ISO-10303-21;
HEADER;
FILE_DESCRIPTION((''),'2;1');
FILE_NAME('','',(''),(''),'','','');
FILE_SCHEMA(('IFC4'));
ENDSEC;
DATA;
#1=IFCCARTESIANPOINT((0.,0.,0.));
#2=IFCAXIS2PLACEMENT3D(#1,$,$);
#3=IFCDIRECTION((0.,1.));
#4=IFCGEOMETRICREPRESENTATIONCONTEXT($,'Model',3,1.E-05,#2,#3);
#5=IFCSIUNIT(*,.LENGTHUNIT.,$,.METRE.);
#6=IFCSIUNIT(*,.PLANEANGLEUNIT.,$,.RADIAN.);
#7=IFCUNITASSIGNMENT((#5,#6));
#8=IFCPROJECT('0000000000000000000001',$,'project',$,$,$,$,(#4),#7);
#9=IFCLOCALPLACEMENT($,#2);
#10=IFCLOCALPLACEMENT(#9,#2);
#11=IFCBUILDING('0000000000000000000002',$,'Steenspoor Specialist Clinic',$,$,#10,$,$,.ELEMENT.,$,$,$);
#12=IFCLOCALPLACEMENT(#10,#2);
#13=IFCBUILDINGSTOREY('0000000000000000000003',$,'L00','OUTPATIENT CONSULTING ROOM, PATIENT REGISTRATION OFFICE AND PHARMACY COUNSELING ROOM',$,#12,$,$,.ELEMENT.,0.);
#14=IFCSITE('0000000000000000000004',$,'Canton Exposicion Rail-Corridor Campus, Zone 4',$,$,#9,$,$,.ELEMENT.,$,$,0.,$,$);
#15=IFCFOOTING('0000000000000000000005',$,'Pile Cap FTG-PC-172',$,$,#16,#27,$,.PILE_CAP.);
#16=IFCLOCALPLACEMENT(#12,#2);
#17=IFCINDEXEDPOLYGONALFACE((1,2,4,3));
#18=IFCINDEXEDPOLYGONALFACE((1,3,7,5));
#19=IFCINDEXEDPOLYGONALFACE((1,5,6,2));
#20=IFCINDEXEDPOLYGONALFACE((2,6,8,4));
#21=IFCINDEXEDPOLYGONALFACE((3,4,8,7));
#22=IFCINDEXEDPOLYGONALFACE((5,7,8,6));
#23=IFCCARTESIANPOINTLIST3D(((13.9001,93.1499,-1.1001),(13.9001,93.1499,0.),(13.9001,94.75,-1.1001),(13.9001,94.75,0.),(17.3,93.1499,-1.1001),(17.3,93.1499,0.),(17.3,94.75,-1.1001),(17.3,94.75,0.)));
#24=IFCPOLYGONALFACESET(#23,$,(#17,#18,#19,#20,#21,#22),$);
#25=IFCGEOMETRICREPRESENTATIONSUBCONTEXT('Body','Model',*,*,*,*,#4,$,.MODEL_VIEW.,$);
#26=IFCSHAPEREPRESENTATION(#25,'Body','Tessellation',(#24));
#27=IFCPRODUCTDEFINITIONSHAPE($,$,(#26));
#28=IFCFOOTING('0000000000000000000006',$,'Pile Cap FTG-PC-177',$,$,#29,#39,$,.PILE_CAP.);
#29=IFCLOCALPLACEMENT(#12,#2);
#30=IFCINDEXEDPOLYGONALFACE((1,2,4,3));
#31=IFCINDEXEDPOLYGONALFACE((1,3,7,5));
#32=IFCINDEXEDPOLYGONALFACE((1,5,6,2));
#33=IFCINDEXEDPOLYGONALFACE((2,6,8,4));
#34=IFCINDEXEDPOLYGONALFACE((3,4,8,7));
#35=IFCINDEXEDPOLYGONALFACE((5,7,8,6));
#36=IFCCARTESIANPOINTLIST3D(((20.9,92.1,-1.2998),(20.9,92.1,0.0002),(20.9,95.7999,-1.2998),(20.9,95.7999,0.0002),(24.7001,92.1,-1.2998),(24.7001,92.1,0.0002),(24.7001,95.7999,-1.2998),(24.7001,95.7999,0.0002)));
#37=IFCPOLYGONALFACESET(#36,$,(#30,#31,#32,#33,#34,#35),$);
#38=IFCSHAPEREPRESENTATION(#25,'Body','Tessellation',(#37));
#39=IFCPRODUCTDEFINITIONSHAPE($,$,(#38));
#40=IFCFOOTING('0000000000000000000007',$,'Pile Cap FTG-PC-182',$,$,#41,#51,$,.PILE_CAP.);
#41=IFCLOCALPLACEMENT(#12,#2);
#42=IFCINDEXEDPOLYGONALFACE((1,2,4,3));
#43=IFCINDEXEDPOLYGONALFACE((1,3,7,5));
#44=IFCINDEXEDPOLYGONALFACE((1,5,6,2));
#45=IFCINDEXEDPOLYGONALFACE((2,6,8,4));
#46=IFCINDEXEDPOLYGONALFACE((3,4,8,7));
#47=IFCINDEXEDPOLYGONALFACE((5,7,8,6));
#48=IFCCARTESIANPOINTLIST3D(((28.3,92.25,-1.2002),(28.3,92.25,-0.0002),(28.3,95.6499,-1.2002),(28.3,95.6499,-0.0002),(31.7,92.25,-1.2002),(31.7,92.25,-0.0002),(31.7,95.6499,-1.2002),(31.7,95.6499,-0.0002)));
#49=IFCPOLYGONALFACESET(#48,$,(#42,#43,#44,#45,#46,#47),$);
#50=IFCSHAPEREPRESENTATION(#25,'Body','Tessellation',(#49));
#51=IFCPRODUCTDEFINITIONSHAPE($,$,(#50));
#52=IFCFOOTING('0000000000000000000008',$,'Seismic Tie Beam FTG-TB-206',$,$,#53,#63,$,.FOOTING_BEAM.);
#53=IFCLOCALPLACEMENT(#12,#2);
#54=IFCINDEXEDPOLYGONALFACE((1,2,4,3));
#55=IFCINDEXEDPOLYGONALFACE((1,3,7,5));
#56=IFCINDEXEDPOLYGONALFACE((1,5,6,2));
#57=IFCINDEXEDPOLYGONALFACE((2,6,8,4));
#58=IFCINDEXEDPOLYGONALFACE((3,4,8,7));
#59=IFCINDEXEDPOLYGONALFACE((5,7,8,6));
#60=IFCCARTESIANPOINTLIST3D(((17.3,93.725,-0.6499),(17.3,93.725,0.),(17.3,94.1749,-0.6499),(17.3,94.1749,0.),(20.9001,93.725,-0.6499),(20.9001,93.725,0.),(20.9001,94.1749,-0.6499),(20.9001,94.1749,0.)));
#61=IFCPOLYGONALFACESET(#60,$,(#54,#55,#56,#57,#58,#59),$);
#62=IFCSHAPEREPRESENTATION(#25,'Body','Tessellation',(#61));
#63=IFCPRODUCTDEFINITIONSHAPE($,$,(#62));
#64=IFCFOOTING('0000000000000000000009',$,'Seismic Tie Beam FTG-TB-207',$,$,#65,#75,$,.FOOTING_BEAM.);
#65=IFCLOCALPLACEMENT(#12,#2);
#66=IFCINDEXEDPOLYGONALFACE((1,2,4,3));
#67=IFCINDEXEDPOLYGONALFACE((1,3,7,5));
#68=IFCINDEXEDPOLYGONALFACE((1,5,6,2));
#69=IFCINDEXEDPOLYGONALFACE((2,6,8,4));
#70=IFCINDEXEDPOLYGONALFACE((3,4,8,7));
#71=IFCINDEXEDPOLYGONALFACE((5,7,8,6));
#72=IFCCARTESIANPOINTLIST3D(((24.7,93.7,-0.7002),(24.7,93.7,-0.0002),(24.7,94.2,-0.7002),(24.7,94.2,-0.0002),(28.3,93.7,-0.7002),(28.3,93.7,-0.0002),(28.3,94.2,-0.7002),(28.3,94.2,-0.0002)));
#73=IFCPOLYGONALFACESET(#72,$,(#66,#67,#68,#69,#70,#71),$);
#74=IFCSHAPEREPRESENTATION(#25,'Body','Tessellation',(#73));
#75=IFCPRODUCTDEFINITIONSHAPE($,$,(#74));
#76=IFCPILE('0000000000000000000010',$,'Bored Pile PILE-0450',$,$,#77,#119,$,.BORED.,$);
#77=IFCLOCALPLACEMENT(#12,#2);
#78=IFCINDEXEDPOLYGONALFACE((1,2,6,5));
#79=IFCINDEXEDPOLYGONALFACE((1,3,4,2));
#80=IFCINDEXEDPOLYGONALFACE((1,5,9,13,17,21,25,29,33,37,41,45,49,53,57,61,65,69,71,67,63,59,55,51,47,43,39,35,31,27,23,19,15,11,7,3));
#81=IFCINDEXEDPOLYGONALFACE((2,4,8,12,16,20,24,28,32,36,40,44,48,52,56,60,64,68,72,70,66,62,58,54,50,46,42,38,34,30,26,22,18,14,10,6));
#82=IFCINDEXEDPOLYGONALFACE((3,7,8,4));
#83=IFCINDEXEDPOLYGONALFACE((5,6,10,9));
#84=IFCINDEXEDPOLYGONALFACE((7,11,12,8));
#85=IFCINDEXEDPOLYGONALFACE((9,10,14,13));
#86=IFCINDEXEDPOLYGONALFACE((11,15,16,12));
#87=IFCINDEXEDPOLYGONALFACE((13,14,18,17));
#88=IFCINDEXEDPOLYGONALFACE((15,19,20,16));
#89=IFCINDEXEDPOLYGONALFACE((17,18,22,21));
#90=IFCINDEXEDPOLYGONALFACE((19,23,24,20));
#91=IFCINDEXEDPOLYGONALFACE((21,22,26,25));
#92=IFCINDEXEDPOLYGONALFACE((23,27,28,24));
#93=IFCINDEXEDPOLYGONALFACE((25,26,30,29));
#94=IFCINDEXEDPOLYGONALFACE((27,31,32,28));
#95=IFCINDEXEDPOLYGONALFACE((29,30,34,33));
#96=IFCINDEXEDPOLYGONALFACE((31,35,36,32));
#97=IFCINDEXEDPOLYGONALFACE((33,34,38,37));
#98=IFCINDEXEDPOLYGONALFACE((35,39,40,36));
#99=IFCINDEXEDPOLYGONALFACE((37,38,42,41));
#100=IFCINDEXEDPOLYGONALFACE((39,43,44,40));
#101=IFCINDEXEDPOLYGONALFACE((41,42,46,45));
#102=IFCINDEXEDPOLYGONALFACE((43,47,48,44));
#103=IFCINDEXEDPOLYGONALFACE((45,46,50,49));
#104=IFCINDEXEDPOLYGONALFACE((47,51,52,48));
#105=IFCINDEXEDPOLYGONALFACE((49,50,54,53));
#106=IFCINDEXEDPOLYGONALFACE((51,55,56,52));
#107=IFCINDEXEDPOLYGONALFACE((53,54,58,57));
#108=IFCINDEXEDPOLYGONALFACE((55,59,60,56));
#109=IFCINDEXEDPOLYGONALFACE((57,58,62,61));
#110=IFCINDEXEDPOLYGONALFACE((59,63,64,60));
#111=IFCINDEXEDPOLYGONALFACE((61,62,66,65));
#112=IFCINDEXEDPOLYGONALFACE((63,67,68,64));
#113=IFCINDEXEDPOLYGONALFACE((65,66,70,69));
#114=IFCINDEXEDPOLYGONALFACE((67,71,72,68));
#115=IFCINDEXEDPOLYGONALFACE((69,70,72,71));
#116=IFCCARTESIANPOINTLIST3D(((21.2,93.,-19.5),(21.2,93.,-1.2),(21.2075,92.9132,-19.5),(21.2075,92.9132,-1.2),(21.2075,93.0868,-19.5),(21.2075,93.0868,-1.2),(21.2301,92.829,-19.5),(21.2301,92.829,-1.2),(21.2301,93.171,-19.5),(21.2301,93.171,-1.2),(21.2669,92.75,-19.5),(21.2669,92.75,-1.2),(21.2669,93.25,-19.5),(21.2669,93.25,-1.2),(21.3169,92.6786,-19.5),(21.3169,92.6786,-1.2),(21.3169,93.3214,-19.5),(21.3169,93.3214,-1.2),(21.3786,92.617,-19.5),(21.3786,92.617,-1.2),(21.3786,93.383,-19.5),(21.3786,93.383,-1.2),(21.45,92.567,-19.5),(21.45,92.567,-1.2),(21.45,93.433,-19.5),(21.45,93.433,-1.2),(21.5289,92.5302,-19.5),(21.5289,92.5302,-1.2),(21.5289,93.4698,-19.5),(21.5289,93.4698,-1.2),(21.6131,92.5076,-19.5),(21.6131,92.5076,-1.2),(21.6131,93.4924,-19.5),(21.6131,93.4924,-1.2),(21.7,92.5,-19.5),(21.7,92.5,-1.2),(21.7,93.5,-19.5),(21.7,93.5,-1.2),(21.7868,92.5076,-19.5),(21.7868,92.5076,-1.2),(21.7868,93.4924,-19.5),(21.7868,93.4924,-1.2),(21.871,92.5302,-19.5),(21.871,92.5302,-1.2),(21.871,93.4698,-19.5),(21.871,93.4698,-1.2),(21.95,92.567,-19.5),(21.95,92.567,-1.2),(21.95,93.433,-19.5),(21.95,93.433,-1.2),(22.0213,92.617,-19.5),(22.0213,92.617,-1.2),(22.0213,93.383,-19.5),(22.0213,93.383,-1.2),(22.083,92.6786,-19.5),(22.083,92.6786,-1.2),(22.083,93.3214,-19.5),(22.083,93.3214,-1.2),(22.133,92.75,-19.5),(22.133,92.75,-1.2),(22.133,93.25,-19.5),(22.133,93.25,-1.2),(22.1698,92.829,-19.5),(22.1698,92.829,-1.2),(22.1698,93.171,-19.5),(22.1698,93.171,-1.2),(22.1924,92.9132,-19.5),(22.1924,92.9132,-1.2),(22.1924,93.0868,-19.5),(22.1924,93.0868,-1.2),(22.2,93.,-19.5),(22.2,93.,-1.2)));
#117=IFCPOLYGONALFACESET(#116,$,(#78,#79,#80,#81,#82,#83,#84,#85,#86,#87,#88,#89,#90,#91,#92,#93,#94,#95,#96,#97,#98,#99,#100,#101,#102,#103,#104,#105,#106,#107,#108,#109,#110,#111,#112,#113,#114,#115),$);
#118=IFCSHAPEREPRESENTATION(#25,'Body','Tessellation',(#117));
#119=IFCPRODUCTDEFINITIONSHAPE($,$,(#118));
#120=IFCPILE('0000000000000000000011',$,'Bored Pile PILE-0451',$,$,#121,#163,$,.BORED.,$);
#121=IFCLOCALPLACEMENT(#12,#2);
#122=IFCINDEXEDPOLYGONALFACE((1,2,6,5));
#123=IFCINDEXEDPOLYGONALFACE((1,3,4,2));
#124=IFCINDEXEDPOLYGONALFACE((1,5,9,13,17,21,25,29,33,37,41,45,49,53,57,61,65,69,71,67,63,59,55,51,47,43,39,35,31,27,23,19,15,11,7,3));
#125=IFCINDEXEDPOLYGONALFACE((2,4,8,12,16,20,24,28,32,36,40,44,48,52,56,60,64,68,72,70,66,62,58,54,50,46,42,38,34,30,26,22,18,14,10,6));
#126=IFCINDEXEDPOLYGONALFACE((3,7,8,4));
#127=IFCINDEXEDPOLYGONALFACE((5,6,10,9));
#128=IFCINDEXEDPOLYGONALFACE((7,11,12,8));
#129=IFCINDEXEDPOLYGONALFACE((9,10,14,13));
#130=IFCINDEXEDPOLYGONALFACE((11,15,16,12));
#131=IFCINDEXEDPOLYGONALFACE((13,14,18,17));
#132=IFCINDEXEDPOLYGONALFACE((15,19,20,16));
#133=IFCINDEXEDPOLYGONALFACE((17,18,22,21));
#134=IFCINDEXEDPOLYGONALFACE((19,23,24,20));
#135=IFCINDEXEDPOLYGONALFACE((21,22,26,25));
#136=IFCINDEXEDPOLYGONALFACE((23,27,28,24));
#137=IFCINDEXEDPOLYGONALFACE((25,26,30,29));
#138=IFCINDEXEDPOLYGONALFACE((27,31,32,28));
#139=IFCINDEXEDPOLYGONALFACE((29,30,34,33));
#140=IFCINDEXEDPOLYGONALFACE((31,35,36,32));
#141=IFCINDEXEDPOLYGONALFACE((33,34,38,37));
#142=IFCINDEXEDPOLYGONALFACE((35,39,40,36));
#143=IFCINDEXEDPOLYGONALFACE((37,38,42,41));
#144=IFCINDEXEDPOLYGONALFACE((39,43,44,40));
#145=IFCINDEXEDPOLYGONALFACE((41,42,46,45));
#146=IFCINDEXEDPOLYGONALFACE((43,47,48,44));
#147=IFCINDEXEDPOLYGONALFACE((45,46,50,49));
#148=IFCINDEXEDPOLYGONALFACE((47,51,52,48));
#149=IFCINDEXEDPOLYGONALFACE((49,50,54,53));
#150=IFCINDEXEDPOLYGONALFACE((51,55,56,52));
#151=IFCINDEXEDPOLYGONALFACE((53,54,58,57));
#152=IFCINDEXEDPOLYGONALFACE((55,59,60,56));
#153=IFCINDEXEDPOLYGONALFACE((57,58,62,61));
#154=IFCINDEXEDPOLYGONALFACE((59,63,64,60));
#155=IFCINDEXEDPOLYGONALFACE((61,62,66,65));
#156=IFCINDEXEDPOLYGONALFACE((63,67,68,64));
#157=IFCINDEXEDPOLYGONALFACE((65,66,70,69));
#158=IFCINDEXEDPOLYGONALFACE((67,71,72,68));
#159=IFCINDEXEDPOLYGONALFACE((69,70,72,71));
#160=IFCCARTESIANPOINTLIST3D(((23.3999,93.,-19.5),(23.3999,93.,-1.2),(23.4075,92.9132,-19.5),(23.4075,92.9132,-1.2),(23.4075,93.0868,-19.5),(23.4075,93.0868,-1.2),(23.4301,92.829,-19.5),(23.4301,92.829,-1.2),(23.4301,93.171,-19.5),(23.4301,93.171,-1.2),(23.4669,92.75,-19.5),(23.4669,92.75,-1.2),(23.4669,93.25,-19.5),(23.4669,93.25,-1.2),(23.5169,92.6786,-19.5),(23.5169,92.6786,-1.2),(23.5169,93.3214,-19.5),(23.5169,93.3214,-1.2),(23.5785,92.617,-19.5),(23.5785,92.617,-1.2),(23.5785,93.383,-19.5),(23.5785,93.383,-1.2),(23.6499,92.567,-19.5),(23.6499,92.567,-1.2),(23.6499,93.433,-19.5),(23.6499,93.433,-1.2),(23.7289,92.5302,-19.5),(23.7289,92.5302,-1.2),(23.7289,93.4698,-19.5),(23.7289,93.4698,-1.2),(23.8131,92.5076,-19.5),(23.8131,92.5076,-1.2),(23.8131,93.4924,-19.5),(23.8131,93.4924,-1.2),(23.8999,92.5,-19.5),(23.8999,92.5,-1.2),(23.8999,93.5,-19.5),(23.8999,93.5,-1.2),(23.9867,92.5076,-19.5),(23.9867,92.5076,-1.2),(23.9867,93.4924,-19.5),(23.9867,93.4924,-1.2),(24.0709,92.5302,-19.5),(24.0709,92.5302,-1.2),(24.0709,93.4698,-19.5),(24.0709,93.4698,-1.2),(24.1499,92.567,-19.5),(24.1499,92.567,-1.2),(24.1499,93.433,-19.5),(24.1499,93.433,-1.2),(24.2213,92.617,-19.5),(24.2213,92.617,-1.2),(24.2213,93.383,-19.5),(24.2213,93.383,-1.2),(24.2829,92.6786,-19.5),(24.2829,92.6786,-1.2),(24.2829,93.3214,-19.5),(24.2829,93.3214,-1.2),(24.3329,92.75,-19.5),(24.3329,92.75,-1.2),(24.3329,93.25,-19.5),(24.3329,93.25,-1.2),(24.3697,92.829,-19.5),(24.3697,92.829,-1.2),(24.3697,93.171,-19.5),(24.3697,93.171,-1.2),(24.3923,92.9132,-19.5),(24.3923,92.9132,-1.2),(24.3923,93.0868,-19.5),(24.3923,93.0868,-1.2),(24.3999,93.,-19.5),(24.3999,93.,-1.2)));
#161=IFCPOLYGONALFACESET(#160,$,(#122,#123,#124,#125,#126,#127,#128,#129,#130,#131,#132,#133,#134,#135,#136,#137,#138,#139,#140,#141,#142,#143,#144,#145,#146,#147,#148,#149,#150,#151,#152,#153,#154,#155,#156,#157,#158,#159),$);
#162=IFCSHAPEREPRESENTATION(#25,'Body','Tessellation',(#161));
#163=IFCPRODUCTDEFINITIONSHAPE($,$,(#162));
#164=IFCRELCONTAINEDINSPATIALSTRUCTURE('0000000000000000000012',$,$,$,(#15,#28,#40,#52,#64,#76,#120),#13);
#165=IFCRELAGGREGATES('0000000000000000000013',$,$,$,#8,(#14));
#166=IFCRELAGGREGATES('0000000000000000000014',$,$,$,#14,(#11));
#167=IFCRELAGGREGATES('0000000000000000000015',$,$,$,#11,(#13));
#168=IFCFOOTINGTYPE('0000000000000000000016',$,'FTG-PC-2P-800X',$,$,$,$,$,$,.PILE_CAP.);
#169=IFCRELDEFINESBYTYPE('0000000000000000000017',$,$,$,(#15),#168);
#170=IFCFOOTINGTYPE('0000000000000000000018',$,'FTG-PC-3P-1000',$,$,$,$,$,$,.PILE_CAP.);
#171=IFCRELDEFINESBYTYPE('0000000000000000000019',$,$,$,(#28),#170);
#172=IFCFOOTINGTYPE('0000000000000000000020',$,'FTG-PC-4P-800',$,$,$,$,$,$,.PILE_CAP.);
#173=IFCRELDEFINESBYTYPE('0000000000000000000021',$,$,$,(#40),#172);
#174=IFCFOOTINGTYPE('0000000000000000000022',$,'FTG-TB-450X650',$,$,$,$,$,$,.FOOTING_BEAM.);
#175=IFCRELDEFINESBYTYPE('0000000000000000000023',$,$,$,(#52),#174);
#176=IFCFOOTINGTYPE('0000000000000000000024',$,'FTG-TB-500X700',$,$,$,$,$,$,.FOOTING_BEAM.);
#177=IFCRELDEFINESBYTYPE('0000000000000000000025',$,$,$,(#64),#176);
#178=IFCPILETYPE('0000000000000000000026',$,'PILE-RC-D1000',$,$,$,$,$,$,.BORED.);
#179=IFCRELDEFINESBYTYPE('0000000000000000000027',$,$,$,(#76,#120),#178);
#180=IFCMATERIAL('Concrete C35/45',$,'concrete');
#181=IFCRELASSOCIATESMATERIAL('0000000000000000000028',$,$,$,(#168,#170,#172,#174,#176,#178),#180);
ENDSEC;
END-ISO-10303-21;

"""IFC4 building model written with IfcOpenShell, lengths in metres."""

from ifc_helpers import new_model, si_unit, direction, frame, origin, origin_2d, place, context, subcontext, project, spatial, rectangle, circle, extrude, material, material_profile, profile_set, type_object, element, save


model = new_model("IFC4")

# Units and contexts
model_context = context("Model", 3, precision=1e-05, world=origin(), true_north=direction((0.0, 1.0)))
body_context = subcontext(model_context, "Body", "Model", "MODEL_VIEW")
ifc_project = project(units=[si_unit("LENGTHUNIT", "METRE"), si_unit("PLANEANGLEUNIT", "RADIAN")], contexts=[model_context])

# Site, building, storey
site_placement = place(None, origin())
site = spatial("IfcSite", under=ifc_project, at=site_placement, Name="Canton Exposicion Rail-Corridor Campus, Zone 4", CompositionType="ELEMENT", RefElevation=0.0)
building_placement = place(site_placement, origin())
building = spatial("IfcBuilding", under=site, at=building_placement, Name="Steenspoor Specialist Clinic", CompositionType="ELEMENT")
storey_placement = place(building_placement, origin())
storey = spatial("IfcBuildingStorey", under=building, at=storey_placement, Name="L00", Description="OUTPATIENT CONSULTING ROOM, PATIENT REGISTRATION OFFICE AND PHARMACY COUNSELING ROOM", CompositionType="ELEMENT", Elevation=0.0)

# Footings
ifc_material_1 = material(Name="Concrete C35/45", Category="concrete")
footing_type_1 = type_object("IfcFootingType", Name="FTG-PC-2P-800X", PredefinedType="PILE_CAP", material=ifc_material_1)
footing_1_placement = place(storey_placement, frame((15.6001, 93.95, -1.1001), z_axis=(0.0, 0.0, 1.0), x_axis=(1.0, 0.0, 0.0)))
element("IfcFooting", 1, at=footing_1_placement, inside=storey, type_object=footing_type_1, Name="Pile Cap FTG-PC-172", PredefinedType="PILE_CAP", context=body_context, shape_type="SweptSolid", body=[
    extrude(rectangle(XDim=3.3999, YDim=1.6001, at=origin_2d()), origin(), (0.0, 0.0, 1.0), 1.1001),
])
footing_type_2 = type_object("IfcFootingType", Name="FTG-PC-3P-1000", PredefinedType="PILE_CAP", material=ifc_material_1)
footing_2_placement = place(storey_placement, frame((22.8, 93.95, -1.2998), z_axis=(0.0, 0.0, 1.0), x_axis=(1.0, 0.0, 0.0)))
element("IfcFooting", 2, at=footing_2_placement, inside=storey, type_object=footing_type_2, Name="Pile Cap FTG-PC-177", PredefinedType="PILE_CAP", context=body_context, shape_type="SweptSolid", body=[
    extrude(rectangle(XDim=3.8, YDim=3.7, at=origin_2d()), origin(), (0.0, 0.0, 1.0), 1.3),
])
footing_type_3 = type_object("IfcFootingType", Name="FTG-PC-4P-800", PredefinedType="PILE_CAP", material=ifc_material_1)
footing_3_placement = place(storey_placement, frame((30.0, 93.95, -1.2002), z_axis=(0.0, 0.0, 1.0), x_axis=(1.0, 0.0, 0.0)))
element("IfcFooting", 3, at=footing_3_placement, inside=storey, type_object=footing_type_3, Name="Pile Cap FTG-PC-182", PredefinedType="PILE_CAP", context=body_context, shape_type="SweptSolid", body=[
    extrude(rectangle(XDim=3.3999, YDim=3.3999, at=origin_2d()), origin(), (0.0, 0.0, 1.0), 1.2),
])
footing_type_4 = type_object("IfcFootingType", Name="FTG-TB-450X650", PredefinedType="FOOTING_BEAM", material=ifc_material_1)
footing_4_placement = place(storey_placement, frame((19.1001, 93.95, -0.6499), z_axis=(0.0, 0.0, 1.0), x_axis=(1.0, 0.0, 0.0)))
element("IfcFooting", 4, at=footing_4_placement, inside=storey, type_object=footing_type_4, Name="Seismic Tie Beam FTG-TB-206", PredefinedType="FOOTING_BEAM", context=body_context, shape_type="SweptSolid", body=[
    extrude(rectangle(XDim=3.6001, YDim=0.45, at=origin_2d()), origin(), (0.0, 0.0, 1.0), 0.6499),
])
footing_type_5 = type_object("IfcFootingType", Name="FTG-TB-500X700", PredefinedType="FOOTING_BEAM", material=ifc_material_1)
footing_5_placement = place(storey_placement, frame((26.5, 93.95, -0.7002), z_axis=(0.0, 0.0, 1.0), x_axis=(1.0, 0.0, 0.0)))
element("IfcFooting", 5, at=footing_5_placement, inside=storey, type_object=footing_type_5, Name="Seismic Tie Beam FTG-TB-207", PredefinedType="FOOTING_BEAM", context=body_context, shape_type="SweptSolid", body=[
    extrude(rectangle(XDim=3.6001, YDim=0.5, at=origin_2d()), origin(), (0.0, 0.0, 1.0), 0.7),
])

# Piles
ifc_material_profile_1 = material_profile(ifc_material_1, circle(Radius=0.5, at=origin_2d()), Name="PILE-D1000")
ifc_profile_set_1 = profile_set([ifc_material_profile_1], Name="Concrete C35/45")
pile_type_1 = type_object("IfcPileType", Name="PILE-RC-D1000", PredefinedType="BORED", material=ifc_profile_set_1)
for number, where, z_axis, x_axis, name in (
    (6, (21.7, 93.0, -1.2), (0.0, 0.0, -1.0), (1.0, 0.0, 0.0), "Bored Pile PILE-0450"),
    (7, (23.8999, 93.0, -1.2), (0.0, 0.0, -1.0), (1.0, 0.0, 0.0), "Bored Pile PILE-0451"),
):
    element("IfcPile", number, at=place(storey_placement, frame(where, z_axis=z_axis, x_axis=x_axis)), inside=storey, type_object=pile_type_1, Name=name, PredefinedType="BORED", context=body_context, shape_type="SweptSolid", body=[
        extrude(circle(Radius=0.5, at=origin_2d()), origin(), (0.0, 0.0, 1.0), 18.3),
    ])

save(model, "model.ifc")
